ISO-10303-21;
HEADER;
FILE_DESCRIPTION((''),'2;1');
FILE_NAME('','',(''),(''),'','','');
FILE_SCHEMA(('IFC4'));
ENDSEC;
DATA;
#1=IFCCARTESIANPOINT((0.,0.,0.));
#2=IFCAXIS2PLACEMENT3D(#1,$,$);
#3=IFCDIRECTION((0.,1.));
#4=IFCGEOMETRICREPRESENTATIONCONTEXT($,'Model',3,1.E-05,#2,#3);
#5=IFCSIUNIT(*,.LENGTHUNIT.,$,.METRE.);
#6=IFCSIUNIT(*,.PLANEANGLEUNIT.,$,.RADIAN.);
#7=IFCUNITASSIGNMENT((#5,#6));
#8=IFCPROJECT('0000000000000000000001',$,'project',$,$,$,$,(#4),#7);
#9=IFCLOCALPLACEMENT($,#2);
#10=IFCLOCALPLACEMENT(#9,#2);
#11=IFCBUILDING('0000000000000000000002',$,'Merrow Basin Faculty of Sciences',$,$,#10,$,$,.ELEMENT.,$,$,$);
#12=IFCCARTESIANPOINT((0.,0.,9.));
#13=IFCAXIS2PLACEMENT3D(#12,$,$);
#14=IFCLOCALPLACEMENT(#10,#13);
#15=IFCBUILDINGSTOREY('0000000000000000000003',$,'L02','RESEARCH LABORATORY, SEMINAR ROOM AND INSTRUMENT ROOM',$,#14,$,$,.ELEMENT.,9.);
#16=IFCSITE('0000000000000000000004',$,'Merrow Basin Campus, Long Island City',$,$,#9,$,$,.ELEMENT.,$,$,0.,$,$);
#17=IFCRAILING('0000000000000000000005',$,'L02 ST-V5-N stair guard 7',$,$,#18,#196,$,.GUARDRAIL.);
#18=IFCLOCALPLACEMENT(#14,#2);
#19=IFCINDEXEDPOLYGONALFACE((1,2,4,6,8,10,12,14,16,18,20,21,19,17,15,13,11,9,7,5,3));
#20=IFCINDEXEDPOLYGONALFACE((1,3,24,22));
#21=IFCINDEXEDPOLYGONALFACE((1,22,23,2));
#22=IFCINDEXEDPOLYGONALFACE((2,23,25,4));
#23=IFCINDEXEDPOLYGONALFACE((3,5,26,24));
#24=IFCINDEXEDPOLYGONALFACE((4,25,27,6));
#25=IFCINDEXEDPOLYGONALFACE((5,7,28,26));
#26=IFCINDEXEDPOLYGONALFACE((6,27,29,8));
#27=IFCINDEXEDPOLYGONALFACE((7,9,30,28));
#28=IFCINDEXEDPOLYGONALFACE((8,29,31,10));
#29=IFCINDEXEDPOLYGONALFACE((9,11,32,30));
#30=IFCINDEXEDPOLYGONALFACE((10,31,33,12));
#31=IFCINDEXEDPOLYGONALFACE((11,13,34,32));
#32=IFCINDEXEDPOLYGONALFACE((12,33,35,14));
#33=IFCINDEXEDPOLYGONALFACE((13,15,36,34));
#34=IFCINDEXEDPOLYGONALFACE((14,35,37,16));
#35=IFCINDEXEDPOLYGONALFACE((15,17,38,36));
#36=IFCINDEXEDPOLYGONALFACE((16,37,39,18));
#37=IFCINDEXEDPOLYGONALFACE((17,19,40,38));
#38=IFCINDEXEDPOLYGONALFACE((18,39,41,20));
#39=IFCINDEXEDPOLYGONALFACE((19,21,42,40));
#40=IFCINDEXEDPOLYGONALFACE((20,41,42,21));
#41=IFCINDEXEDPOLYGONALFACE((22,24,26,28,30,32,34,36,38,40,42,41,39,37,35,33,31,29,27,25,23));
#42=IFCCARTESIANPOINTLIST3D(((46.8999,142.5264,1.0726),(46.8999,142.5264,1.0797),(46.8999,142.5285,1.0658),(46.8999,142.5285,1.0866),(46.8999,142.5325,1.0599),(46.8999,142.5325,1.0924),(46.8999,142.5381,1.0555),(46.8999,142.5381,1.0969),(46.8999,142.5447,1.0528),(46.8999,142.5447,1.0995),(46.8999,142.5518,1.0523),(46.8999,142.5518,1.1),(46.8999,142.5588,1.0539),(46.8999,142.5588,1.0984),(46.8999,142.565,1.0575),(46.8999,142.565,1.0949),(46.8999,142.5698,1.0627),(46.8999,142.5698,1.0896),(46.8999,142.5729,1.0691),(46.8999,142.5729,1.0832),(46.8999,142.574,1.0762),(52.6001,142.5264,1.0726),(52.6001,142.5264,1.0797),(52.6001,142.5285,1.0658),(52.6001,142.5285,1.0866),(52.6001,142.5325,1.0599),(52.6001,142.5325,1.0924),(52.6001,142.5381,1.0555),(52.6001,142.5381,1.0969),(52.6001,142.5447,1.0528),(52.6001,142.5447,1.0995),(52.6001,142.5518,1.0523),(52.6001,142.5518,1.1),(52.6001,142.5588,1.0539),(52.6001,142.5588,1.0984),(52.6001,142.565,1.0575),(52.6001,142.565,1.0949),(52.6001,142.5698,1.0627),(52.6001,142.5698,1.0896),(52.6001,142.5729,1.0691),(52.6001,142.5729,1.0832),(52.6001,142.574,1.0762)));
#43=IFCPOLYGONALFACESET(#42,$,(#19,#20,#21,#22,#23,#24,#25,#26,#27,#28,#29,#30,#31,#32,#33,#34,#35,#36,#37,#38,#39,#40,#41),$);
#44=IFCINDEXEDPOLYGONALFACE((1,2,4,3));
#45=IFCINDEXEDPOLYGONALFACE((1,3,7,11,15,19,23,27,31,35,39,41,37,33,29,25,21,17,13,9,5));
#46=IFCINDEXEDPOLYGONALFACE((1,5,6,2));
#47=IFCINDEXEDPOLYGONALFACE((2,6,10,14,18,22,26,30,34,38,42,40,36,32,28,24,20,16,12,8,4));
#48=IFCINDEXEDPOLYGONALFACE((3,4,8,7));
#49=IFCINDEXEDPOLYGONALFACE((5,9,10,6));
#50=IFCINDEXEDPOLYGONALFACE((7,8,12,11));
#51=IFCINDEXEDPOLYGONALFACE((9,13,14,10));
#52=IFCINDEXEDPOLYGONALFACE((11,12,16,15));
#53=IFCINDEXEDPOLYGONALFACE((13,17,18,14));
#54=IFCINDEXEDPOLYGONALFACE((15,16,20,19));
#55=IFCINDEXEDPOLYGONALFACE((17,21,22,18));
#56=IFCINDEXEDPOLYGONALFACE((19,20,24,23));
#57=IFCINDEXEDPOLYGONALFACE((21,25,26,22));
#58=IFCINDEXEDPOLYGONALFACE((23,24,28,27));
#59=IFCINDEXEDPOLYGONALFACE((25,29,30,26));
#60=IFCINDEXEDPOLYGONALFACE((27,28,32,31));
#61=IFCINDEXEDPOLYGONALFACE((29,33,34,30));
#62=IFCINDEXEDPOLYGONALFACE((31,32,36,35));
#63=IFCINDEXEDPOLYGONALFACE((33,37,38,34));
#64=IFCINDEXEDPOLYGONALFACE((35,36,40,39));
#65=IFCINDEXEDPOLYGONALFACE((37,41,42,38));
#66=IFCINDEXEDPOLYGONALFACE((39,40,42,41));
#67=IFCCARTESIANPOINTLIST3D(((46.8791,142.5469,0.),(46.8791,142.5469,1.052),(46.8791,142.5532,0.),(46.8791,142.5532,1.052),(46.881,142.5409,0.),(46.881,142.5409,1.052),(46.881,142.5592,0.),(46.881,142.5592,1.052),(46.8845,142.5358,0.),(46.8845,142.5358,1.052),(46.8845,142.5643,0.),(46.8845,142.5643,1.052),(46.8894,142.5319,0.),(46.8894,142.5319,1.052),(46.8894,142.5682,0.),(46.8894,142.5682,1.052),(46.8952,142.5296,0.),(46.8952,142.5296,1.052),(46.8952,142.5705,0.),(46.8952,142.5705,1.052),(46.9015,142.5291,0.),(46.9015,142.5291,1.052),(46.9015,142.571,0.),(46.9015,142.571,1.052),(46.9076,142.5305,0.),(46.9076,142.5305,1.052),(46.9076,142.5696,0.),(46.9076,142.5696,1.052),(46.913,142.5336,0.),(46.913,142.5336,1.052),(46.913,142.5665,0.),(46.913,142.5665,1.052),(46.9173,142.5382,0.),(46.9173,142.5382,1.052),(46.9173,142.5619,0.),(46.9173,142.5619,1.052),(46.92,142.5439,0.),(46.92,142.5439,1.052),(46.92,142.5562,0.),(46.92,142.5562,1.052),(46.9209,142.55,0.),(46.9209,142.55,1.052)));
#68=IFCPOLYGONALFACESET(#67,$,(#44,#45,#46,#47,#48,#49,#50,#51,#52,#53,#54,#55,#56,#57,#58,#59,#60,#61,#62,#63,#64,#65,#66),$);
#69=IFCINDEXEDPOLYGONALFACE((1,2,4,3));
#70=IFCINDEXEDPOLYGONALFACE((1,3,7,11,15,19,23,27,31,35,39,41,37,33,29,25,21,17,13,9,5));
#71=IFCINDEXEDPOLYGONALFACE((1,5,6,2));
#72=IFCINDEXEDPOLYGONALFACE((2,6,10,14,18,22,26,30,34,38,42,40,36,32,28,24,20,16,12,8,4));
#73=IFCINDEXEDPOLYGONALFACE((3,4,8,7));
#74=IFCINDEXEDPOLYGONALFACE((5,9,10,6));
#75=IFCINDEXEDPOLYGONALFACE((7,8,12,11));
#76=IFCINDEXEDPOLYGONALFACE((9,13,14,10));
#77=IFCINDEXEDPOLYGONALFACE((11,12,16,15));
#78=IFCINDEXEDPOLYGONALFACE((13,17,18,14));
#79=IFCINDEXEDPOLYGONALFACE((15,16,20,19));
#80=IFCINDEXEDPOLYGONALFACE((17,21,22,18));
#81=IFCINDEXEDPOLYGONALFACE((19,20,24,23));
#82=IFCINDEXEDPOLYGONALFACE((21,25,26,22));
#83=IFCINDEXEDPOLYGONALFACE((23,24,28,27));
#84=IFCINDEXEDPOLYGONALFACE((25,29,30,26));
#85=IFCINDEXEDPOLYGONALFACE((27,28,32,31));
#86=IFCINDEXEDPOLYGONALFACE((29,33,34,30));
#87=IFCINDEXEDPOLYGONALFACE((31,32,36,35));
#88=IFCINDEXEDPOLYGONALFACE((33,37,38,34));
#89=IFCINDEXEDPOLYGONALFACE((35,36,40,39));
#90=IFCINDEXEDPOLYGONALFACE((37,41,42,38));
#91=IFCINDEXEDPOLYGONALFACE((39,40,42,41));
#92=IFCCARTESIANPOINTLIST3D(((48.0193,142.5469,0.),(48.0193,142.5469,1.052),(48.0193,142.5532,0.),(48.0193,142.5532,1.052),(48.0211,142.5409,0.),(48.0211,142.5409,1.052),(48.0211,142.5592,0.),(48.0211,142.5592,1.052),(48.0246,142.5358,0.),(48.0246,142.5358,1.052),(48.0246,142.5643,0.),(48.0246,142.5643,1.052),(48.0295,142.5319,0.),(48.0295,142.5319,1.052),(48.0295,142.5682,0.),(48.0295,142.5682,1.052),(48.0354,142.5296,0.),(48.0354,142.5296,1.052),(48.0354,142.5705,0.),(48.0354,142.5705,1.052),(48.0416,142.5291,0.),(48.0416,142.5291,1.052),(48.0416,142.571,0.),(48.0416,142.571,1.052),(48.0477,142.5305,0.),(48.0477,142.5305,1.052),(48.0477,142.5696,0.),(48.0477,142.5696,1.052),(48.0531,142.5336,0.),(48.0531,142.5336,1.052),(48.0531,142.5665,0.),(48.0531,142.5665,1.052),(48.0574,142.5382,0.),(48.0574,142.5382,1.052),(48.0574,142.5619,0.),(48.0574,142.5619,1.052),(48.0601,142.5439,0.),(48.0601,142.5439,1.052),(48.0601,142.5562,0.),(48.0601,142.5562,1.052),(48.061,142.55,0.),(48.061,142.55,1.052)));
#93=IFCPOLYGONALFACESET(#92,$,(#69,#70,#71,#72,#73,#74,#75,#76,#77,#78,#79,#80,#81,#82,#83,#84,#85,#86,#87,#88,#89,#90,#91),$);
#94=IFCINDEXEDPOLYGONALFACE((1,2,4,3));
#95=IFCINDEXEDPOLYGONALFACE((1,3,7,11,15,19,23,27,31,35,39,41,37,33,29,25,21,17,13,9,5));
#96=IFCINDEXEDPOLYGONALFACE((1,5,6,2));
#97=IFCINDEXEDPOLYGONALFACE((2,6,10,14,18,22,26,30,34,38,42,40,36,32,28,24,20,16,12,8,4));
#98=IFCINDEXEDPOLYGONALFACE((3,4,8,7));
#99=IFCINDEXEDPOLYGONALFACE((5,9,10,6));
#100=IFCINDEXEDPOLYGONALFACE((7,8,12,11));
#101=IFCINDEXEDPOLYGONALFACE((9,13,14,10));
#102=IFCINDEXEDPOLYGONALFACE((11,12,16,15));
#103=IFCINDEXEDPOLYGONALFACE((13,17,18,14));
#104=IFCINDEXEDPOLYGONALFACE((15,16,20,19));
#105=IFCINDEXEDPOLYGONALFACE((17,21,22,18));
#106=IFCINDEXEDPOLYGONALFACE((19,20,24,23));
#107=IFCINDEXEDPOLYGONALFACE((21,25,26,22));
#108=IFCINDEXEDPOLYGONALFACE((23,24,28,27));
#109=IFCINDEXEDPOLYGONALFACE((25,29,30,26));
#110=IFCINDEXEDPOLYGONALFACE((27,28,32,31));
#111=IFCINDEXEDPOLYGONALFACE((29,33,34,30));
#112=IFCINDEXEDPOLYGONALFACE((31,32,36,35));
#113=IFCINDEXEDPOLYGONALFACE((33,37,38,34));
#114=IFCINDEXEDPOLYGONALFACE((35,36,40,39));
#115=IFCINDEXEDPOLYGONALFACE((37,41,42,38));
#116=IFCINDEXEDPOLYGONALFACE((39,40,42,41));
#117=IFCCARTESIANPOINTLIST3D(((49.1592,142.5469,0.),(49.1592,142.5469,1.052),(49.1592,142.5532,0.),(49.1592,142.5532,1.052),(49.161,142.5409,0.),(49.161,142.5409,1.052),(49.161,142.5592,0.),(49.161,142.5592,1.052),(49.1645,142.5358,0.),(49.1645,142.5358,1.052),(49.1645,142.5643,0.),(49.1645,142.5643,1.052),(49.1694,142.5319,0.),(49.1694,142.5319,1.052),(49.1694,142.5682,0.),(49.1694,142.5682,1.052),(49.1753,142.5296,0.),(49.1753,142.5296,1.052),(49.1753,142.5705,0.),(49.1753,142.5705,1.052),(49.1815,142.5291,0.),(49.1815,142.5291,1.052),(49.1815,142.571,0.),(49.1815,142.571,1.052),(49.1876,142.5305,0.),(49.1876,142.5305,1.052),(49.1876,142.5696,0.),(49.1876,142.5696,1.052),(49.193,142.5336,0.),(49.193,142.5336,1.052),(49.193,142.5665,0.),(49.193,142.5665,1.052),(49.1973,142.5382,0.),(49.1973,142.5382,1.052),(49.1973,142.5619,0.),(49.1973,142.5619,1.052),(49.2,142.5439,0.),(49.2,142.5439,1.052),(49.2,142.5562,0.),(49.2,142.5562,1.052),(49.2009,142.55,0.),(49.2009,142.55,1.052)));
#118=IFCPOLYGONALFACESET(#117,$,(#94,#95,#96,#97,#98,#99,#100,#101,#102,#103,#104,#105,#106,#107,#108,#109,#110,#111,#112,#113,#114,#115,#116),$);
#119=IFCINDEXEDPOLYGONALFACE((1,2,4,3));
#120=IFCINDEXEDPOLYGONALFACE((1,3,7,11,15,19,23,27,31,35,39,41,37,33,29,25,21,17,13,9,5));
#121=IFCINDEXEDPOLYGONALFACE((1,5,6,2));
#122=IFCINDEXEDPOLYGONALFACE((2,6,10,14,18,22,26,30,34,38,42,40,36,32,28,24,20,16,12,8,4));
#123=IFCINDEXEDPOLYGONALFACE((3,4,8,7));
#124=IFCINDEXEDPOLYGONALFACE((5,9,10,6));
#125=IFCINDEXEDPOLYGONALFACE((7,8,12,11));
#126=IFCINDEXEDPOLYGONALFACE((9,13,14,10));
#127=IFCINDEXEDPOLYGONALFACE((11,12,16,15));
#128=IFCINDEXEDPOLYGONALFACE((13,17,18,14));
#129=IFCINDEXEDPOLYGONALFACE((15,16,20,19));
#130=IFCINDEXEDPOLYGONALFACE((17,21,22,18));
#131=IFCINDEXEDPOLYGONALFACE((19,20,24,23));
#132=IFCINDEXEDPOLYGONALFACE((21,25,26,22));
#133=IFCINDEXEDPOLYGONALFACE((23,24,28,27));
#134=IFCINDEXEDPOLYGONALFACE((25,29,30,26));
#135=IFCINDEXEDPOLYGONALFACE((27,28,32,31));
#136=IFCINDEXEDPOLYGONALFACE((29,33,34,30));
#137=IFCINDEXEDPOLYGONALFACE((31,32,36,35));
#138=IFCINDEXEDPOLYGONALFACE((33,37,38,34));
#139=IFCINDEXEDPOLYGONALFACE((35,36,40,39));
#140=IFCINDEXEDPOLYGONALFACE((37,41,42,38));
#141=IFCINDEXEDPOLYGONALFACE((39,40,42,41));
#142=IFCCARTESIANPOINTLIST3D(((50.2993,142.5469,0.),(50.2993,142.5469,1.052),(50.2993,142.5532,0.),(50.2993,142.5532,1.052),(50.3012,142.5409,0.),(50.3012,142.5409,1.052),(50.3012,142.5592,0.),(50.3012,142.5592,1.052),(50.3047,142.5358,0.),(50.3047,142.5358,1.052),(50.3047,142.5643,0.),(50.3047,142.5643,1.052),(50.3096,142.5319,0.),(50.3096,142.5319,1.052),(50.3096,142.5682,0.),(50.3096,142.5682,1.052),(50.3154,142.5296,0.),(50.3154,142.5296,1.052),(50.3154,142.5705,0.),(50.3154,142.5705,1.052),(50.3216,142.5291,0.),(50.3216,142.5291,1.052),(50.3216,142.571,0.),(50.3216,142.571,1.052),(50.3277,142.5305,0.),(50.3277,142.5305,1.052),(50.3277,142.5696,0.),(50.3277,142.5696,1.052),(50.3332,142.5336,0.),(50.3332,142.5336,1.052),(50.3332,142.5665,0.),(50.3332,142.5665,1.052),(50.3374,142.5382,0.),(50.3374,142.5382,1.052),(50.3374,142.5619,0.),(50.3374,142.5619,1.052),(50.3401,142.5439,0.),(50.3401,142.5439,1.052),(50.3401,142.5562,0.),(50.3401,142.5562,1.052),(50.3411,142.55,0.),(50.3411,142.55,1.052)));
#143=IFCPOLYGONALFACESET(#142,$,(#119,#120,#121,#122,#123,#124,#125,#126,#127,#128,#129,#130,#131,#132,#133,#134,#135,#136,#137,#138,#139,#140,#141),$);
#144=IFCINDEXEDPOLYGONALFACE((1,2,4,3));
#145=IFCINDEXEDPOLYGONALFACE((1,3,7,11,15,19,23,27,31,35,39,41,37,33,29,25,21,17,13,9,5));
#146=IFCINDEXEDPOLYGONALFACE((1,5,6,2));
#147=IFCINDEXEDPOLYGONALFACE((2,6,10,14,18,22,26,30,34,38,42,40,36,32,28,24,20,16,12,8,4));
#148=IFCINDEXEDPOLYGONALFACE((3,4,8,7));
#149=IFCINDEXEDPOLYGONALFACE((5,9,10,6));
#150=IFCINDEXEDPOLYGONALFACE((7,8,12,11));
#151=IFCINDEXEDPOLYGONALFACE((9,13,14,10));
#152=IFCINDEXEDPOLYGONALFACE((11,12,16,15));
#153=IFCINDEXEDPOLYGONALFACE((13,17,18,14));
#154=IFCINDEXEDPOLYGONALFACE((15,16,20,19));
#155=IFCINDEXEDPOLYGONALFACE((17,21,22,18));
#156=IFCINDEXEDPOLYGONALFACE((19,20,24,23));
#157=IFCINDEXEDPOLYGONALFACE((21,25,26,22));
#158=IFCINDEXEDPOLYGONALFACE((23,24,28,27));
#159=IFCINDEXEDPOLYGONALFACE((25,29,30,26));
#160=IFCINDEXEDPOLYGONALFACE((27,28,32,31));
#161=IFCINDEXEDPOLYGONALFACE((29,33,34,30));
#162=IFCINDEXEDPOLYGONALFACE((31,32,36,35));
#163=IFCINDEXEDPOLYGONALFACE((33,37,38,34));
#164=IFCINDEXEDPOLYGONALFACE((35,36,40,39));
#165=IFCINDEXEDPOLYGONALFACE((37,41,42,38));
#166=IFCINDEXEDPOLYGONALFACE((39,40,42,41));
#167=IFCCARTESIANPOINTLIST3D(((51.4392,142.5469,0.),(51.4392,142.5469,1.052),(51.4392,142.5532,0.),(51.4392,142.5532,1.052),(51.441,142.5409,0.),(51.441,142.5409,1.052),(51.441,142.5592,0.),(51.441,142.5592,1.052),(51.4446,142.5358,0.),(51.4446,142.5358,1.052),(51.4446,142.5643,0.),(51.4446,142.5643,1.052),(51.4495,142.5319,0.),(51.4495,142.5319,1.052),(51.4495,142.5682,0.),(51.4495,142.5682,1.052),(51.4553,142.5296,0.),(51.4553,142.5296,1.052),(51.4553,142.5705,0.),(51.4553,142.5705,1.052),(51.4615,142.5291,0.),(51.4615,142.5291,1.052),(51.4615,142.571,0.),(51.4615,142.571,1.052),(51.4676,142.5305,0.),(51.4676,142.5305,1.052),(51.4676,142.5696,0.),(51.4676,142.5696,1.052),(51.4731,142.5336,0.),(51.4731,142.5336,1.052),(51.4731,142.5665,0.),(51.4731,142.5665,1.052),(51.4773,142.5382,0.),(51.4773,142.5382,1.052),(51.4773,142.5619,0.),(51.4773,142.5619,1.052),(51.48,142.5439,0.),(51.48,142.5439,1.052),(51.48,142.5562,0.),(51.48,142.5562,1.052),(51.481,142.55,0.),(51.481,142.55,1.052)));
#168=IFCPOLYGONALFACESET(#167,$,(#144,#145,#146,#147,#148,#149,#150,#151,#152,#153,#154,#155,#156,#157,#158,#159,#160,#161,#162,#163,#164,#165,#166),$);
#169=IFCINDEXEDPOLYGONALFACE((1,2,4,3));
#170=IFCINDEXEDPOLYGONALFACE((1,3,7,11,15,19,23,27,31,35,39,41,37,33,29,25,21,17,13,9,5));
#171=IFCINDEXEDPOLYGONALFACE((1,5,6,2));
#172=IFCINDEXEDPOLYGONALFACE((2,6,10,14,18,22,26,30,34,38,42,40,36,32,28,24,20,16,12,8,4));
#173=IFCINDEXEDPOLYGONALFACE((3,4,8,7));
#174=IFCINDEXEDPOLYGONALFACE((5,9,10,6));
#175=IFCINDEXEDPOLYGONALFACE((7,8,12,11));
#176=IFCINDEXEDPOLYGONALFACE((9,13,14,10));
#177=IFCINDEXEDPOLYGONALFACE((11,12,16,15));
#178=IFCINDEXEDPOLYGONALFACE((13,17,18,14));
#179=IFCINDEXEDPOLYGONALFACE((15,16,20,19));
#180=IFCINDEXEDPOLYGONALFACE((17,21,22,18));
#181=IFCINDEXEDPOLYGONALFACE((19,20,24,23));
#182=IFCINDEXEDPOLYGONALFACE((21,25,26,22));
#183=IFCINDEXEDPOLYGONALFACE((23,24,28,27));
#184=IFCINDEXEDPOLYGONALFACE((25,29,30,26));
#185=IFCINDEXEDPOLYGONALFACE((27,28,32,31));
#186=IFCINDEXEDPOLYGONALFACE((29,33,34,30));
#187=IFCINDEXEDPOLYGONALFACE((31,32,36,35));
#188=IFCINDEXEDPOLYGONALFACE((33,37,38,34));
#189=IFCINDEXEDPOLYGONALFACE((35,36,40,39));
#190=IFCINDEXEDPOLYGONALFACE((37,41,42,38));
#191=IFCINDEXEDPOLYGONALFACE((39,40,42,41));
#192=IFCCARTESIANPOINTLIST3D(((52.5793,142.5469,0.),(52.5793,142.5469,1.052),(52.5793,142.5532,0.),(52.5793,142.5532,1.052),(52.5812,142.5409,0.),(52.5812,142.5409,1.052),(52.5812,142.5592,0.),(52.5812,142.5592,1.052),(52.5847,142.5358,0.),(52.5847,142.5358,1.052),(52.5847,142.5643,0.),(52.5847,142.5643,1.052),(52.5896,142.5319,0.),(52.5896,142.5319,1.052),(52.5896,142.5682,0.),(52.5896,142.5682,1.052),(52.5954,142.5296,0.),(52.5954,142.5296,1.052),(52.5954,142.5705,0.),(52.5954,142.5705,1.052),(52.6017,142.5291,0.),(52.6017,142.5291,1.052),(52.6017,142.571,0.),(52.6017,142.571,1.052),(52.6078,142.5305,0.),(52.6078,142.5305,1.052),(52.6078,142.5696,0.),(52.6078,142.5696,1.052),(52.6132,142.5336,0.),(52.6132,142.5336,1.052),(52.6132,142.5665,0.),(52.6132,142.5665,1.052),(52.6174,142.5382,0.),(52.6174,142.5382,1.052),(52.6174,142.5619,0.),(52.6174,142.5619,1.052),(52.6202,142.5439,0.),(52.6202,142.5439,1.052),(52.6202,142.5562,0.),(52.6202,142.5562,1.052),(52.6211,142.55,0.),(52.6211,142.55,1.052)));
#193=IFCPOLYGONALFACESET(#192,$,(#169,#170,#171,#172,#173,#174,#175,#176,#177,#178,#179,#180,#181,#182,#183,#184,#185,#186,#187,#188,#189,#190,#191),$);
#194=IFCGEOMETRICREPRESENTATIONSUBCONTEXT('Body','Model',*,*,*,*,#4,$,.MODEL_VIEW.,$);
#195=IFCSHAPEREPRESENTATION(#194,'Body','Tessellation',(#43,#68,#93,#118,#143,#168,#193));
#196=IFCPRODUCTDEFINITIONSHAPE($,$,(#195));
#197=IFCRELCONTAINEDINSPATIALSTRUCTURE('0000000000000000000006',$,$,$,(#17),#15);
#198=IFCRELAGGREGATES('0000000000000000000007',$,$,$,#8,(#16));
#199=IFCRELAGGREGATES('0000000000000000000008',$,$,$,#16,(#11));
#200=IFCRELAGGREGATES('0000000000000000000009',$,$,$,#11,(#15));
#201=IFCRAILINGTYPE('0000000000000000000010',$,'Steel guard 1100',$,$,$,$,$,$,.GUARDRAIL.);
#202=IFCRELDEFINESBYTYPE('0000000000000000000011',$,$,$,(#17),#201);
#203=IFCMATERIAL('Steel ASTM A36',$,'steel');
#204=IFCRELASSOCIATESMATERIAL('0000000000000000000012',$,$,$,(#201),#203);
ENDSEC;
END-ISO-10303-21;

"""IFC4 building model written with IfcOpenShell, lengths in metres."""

from ifc_helpers import new_model, si_unit, direction, frame, origin, origin_2d, place, context, subcontext, project, spatial, circle, extrude, material, type_object, element, save


model = new_model("IFC4")

# Units and contexts
model_context = context("Model", 3, precision=1e-05, world=origin(), true_north=direction((0.0, 1.0)))
body_context = subcontext(model_context, "Body", "Model", "MODEL_VIEW")
ifc_project = project(units=[si_unit("LENGTHUNIT", "METRE"), si_unit("PLANEANGLEUNIT", "RADIAN")], contexts=[model_context])

# Site, building, storey
site_placement = place(None, origin())
site = spatial("IfcSite", under=ifc_project, at=site_placement, Name="Merrow Basin Campus, Long Island City", CompositionType="ELEMENT", RefElevation=0.0)
building_placement = place(site_placement, origin())
building = spatial("IfcBuilding", under=site, at=building_placement, Name="Merrow Basin Faculty of Sciences", CompositionType="ELEMENT")
storey_placement = place(building_placement, frame((0.0, 0.0, 9.0)))
storey = spatial("IfcBuildingStorey", under=building, at=storey_placement, Name="L02", Description="RESEARCH LABORATORY, SEMINAR ROOM AND INSTRUMENT ROOM", CompositionType="ELEMENT", Elevation=9.0)

# Railing
ifc_material_1 = material(Name="Steel ASTM A36", Category="steel")
railing_type_1 = type_object("IfcRailingType", Name="Steel guard 1100", PredefinedType="GUARDRAIL", material=ifc_material_1)
railing_1_placement = place(storey_placement, frame((46.8999, 142.55, 0.0)))
element("IfcRailing", 1, at=railing_1_placement, inside=storey, type_object=railing_type_1, Name="L02 ST-V5-N stair guard 7", PredefinedType="GUARDRAIL", context=body_context, shape_type="SweptSolid", body=[
    extrude(circle(Radius=0.0239, at=origin_2d()), frame((0.0, 0.0, 1.0762), z_axis=(1.0, 0.0, 0.0), x_axis=(0.0, 1.0, 0.0)), (0.0, 0.0, 1.0), 5.7002),
    extrude(circle(Radius=0.021, at=origin_2d()), origin(), (0.0, 0.0, 1.0), 1.052),
    extrude(circle(Radius=0.021, at=origin_2d()), frame((1.1401, 0.0, 0.0)), (0.0, 0.0, 1.0), 1.052),
    extrude(circle(Radius=0.021, at=origin_2d()), frame((2.28, 0.0, 0.0)), (0.0, 0.0, 1.0), 1.052),
    extrude(circle(Radius=0.021, at=origin_2d()), frame((3.4202, 0.0, 0.0)), (0.0, 0.0, 1.0), 1.052),
    extrude(circle(Radius=0.021, at=origin_2d()), frame((4.5601, 0.0, 0.0)), (0.0, 0.0, 1.0), 1.052),
    extrude(circle(Radius=0.021, at=origin_2d()), frame((5.7002, 0.0, 0.0)), (0.0, 0.0, 1.0), 1.052),
])

save(model, "model.ifc")
